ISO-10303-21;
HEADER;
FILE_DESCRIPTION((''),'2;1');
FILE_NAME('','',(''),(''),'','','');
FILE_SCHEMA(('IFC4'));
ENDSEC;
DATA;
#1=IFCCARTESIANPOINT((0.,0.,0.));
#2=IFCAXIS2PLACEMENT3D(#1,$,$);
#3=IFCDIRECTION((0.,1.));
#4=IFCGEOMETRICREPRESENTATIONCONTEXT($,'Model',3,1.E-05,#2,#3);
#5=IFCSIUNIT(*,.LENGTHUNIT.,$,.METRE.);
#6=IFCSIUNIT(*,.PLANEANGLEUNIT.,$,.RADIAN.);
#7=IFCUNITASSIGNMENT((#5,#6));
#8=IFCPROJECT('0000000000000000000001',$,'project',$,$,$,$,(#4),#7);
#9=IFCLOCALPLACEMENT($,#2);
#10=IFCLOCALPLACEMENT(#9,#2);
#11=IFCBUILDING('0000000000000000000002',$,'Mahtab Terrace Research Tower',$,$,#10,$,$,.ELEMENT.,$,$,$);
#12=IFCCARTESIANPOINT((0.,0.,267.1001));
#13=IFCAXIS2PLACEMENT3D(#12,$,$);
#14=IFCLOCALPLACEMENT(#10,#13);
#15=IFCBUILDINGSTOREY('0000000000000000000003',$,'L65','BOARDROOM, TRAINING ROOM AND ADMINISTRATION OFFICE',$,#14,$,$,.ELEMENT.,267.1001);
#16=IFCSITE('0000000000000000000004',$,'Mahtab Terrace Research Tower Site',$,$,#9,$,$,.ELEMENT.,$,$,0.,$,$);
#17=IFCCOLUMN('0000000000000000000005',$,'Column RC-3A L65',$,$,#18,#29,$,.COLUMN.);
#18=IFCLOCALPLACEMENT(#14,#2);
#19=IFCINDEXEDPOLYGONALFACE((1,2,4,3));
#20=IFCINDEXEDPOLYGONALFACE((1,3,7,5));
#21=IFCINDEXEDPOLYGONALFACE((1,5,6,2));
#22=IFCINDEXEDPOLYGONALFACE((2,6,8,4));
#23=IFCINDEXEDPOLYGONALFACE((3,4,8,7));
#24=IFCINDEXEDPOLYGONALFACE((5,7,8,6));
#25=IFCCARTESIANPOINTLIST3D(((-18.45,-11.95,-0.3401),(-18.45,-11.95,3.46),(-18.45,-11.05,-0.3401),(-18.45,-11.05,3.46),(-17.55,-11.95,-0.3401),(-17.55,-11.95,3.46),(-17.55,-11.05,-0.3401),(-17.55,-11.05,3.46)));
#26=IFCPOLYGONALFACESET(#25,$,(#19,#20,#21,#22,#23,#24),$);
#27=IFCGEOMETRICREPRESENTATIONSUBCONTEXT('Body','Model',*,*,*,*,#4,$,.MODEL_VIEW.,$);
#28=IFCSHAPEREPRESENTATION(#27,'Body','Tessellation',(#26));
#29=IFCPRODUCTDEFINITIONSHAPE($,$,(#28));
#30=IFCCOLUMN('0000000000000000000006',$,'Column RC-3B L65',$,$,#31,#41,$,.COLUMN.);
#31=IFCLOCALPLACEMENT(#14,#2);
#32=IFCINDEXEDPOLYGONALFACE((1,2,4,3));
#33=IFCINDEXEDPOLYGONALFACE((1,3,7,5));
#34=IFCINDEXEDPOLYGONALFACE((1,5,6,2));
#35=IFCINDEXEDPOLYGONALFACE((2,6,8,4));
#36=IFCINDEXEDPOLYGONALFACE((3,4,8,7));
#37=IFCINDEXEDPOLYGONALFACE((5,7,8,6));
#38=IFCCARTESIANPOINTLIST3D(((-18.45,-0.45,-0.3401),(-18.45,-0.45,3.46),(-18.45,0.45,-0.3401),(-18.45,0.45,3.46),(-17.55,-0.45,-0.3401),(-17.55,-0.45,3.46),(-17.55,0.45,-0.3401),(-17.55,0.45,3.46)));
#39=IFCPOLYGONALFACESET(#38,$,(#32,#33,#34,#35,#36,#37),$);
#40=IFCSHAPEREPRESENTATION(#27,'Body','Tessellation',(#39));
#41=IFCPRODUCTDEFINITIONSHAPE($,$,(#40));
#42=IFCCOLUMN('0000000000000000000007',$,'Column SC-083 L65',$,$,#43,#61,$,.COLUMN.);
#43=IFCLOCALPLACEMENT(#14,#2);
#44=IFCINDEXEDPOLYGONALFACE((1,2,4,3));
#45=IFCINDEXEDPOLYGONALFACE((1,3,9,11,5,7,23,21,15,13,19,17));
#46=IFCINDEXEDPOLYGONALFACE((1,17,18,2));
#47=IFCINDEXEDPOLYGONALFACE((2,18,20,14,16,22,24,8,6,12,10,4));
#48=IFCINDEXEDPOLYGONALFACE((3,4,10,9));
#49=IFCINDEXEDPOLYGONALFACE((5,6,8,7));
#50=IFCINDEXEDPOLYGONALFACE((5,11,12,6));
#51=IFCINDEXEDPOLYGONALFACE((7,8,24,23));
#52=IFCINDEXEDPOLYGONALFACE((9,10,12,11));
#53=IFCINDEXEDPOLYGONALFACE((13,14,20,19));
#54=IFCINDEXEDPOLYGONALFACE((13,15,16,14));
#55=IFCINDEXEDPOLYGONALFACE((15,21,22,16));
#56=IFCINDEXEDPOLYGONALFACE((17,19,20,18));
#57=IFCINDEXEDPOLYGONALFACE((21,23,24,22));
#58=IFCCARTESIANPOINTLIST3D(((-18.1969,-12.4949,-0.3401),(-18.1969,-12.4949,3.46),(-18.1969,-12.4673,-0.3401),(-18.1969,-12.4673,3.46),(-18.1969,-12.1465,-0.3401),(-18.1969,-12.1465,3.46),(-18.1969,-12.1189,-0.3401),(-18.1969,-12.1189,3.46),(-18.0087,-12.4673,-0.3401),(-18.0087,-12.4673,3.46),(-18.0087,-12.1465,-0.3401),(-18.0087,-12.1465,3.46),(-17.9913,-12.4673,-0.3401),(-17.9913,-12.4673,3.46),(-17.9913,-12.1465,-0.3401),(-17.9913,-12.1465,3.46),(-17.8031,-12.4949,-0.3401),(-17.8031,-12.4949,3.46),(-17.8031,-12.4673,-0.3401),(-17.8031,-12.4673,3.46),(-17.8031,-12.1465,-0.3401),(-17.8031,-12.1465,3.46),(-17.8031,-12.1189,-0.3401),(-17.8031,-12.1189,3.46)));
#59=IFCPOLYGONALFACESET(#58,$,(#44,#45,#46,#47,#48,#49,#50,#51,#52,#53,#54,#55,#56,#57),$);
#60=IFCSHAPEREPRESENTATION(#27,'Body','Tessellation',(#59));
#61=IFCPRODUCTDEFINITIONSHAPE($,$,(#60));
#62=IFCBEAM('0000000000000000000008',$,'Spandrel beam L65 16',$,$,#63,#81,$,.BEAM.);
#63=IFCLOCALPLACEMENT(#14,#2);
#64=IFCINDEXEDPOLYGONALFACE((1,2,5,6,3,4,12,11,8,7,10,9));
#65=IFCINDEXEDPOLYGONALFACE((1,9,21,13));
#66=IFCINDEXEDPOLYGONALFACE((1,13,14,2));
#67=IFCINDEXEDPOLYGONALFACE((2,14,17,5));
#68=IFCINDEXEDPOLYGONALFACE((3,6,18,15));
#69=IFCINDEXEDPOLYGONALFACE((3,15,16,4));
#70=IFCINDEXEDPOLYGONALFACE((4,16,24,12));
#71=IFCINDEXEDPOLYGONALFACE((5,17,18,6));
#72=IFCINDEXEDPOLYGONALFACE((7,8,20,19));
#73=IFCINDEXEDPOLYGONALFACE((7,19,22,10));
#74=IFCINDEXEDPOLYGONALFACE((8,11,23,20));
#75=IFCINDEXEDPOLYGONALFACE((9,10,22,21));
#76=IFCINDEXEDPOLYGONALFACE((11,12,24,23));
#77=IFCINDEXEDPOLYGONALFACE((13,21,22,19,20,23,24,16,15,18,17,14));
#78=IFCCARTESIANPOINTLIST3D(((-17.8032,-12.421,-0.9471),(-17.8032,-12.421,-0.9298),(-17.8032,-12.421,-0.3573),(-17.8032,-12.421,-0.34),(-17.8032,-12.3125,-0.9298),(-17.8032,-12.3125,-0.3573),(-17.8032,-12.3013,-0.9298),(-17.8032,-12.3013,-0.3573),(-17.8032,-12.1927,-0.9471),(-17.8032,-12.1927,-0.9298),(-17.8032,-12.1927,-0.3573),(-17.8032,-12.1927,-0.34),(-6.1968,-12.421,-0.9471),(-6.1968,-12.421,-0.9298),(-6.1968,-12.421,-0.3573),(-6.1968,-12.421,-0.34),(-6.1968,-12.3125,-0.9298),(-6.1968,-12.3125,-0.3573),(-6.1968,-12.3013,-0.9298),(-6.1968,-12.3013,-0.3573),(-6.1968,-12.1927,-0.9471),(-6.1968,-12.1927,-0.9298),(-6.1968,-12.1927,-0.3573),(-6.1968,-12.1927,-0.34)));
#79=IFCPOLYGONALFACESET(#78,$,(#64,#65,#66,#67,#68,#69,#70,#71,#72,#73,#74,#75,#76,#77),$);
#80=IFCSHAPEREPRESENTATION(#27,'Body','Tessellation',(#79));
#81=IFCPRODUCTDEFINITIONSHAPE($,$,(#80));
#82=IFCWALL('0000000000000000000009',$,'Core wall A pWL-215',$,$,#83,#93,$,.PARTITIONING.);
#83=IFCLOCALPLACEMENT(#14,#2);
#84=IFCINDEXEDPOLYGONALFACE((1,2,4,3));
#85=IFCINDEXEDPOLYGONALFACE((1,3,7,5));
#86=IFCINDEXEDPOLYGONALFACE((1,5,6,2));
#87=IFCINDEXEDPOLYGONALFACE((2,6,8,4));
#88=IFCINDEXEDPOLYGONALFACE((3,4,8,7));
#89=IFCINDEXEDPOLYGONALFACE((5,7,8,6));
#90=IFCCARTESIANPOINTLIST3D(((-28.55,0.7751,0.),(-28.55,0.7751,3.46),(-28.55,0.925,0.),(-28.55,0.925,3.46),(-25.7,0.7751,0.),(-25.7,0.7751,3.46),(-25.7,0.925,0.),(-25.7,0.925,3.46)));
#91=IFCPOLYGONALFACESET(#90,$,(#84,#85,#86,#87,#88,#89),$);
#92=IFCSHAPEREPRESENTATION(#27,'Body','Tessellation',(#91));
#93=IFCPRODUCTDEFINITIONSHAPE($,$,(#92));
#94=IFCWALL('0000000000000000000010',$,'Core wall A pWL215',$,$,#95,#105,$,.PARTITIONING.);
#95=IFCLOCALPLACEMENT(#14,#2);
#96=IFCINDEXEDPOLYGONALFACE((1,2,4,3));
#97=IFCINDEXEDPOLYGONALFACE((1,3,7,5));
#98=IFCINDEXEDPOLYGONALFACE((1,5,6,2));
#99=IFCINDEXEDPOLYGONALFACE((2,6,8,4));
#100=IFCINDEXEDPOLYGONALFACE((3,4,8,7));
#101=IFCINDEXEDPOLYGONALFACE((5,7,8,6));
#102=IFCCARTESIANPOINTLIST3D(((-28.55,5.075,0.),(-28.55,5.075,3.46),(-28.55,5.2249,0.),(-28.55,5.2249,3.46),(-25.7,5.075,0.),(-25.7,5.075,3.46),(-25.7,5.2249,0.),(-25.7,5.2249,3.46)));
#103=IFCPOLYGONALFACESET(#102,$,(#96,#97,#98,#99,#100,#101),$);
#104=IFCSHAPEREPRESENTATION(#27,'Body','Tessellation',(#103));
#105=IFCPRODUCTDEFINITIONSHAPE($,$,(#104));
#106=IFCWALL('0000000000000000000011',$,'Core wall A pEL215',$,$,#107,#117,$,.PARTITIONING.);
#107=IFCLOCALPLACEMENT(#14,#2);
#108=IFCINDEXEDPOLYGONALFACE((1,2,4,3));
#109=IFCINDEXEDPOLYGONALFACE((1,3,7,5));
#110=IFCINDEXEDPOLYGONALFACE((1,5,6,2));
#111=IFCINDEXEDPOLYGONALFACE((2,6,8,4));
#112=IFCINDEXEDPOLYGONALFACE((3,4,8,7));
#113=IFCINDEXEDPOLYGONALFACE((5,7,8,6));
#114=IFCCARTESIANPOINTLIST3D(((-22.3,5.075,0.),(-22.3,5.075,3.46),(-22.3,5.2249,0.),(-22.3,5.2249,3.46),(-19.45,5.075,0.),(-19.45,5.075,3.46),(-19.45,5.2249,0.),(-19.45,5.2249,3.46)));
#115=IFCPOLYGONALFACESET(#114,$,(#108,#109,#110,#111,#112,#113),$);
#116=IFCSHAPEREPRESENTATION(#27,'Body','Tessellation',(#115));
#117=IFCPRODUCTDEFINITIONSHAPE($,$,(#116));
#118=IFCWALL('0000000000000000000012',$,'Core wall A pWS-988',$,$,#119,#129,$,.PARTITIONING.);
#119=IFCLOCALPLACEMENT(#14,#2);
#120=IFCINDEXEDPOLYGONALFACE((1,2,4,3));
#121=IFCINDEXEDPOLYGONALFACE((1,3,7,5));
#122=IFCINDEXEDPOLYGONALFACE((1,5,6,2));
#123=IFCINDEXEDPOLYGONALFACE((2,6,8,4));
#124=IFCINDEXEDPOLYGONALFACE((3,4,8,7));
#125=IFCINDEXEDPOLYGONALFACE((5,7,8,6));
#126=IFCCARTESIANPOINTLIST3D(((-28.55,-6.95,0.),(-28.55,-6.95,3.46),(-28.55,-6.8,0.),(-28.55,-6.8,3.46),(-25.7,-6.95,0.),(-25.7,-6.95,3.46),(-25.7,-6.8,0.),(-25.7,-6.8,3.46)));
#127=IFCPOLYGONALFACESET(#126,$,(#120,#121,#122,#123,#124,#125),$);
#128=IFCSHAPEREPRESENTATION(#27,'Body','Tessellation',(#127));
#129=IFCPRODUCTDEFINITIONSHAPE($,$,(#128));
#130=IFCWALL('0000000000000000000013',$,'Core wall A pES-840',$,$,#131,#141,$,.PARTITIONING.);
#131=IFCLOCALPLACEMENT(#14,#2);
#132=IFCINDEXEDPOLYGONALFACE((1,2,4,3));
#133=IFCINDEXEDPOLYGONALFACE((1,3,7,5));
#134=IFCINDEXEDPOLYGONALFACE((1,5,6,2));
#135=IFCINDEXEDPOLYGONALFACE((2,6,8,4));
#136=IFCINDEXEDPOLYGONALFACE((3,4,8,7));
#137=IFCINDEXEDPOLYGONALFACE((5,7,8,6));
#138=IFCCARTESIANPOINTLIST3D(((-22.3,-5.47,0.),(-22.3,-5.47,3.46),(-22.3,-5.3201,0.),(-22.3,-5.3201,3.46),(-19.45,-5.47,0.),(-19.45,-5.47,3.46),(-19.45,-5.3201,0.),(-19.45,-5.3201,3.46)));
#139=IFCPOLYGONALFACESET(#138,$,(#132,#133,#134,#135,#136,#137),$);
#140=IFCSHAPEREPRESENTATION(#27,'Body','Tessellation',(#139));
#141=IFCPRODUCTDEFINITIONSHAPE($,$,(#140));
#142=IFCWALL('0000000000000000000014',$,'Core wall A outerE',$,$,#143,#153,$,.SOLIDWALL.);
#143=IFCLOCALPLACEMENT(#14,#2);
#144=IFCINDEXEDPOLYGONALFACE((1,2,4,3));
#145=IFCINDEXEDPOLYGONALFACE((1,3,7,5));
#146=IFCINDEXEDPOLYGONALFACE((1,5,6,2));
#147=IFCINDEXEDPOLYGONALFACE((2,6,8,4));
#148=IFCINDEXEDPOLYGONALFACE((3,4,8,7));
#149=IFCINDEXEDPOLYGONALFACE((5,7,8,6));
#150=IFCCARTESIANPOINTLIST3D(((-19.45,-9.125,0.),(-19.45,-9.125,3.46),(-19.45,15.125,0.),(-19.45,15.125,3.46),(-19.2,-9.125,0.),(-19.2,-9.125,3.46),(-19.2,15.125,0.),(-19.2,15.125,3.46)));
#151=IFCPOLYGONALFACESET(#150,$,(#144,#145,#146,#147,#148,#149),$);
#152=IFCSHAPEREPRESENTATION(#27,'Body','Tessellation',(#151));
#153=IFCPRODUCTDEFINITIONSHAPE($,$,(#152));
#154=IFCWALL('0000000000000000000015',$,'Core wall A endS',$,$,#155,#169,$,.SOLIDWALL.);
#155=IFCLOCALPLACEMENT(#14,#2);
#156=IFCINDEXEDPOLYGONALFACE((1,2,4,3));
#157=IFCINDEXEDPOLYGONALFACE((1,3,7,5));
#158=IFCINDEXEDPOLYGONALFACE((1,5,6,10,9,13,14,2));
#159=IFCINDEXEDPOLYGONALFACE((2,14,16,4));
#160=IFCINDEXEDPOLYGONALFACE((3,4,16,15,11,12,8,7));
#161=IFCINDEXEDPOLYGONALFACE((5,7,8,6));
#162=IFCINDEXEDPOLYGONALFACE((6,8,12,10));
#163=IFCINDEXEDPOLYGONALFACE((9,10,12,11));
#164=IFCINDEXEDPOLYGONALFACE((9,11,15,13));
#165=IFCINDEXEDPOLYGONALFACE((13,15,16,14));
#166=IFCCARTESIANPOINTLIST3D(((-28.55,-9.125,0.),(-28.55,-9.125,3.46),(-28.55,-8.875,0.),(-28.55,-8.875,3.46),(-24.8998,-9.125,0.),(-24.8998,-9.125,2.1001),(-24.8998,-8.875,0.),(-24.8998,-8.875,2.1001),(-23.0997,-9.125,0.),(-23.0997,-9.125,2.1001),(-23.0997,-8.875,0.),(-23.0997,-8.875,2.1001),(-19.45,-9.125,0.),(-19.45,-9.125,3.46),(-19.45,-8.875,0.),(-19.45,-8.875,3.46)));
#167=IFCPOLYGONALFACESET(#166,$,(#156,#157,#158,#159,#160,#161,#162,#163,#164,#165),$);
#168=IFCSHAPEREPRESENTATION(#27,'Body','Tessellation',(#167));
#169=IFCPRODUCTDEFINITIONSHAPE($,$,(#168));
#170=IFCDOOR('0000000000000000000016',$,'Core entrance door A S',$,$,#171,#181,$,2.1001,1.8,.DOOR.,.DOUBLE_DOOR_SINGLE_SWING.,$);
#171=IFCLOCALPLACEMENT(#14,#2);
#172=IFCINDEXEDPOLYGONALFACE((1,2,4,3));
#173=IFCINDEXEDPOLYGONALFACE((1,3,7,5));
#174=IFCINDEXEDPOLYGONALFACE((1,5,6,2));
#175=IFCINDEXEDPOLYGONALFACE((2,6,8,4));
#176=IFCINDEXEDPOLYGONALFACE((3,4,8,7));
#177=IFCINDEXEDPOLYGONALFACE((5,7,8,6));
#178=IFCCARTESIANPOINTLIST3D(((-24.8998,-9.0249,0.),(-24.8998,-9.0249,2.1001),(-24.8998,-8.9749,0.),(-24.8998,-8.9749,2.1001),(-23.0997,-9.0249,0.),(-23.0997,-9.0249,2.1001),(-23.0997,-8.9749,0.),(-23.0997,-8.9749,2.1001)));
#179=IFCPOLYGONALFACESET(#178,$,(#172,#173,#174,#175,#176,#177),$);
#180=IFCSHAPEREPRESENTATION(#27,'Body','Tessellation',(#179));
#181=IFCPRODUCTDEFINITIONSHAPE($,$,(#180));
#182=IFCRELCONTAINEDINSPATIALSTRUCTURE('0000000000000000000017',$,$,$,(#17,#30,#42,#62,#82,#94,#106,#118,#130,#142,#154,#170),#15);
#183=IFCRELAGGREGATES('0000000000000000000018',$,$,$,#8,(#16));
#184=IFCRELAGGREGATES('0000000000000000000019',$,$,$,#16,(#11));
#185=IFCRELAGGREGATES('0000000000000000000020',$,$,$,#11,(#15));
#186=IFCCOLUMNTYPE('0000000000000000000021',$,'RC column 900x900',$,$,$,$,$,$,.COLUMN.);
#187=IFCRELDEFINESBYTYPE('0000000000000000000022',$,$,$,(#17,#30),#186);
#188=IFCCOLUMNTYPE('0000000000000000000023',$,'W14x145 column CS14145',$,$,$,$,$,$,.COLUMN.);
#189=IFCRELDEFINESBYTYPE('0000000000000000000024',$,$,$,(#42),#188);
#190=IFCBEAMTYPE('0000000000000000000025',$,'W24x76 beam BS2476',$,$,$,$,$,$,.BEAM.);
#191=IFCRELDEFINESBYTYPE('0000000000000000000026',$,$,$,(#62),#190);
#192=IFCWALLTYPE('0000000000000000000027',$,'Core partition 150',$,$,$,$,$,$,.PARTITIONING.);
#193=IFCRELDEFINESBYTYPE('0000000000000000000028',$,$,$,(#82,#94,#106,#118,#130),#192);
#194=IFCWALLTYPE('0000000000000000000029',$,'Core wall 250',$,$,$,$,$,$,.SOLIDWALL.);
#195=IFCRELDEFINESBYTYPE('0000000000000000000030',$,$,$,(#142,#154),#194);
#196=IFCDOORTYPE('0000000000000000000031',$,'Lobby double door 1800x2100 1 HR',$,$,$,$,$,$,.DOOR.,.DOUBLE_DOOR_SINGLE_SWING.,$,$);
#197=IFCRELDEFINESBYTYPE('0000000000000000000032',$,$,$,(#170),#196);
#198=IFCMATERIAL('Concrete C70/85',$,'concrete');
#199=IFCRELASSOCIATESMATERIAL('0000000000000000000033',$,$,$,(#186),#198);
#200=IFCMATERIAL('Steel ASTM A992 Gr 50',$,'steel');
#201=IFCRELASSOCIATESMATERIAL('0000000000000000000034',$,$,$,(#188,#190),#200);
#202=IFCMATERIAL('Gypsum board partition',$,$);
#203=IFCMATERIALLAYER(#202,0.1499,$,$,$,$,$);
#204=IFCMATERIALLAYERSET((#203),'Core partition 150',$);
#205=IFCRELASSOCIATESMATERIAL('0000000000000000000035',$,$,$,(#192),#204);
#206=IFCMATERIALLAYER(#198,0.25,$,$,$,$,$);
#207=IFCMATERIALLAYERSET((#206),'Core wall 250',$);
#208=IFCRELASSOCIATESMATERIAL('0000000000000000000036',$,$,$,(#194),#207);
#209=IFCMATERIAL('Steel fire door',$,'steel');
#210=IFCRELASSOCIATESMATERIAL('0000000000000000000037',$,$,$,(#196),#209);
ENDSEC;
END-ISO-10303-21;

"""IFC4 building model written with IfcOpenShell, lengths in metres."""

from ifc_helpers import new_model, si_unit, direction, frame, frame_2d, origin, origin_2d, place, context, subcontext, project, spatial, rectangle, i_section, extrude, material, layer, layer_set, material_profile, profile_set, type_object, element, fill, save


model = new_model("IFC4")

# Units and contexts
model_context = context("Model", 3, precision=1e-05, world=origin(), true_north=direction((0.0, 1.0)))
body_context = subcontext(model_context, "Body", "Model", "MODEL_VIEW")
ifc_project = project(units=[si_unit("LENGTHUNIT", "METRE"), si_unit("PLANEANGLEUNIT", "RADIAN")], contexts=[model_context])

# Site, building, storey
site_placement = place(None, origin())
site = spatial("IfcSite", under=ifc_project, at=site_placement, Name="Mahtab Terrace Research Tower Site", CompositionType="ELEMENT", RefElevation=0.0)
building_placement = place(site_placement, origin())
building = spatial("IfcBuilding", under=site, at=building_placement, Name="Mahtab Terrace Research Tower", CompositionType="ELEMENT")
storey_placement = place(building_placement, frame((0.0, 0.0, 267.1001)))
storey = spatial("IfcBuildingStorey", under=building, at=storey_placement, Name="L65", Description="BOARDROOM, TRAINING ROOM AND ADMINISTRATION OFFICE", CompositionType="ELEMENT", Elevation=267.1001)

# Columns
ifc_material_1 = material(Name="Concrete C70/85", Category="concrete")
ifc_material_profile_1 = material_profile(ifc_material_1, rectangle(XDim=0.8999, YDim=0.8999, at=origin_2d()), Name="RC column 900x900")
ifc_profile_set_1 = profile_set([ifc_material_profile_1], Name="Concrete C70/85")
column_type_1 = type_object("IfcColumnType", Name="RC column 900x900", PredefinedType="COLUMN", material=ifc_profile_set_1)
for number, where, z_axis, x_axis, name in (
    (1, (-18.0, -11.5, -0.3401), (0.0, 0.0, 1.0), (1.0, 0.0, 0.0), "Column RC-3A L65"),
    (2, (-18.0, 0.0, -0.3401), (0.0, 0.0, 1.0), (1.0, 0.0, 0.0), "Column RC-3B L65"),
):
    element("IfcColumn", number, at=place(storey_placement, frame(where, z_axis=z_axis, x_axis=x_axis)), inside=storey, type_object=column_type_1, Name=name, PredefinedType="COLUMN", context=body_context, shape_type="SweptSolid", body=[
        extrude(rectangle(XDim=0.8999, YDim=0.8999, at=origin_2d()), origin(), (0.0, 0.0, 1.0), 3.8),
    ])
ifc_material_2 = material(Name="Steel ASTM A992 Gr 50", Category="steel")
ifc_material_profile_2 = material_profile(ifc_material_2, i_section(OverallWidth=0.3938, OverallDepth=0.376, WebThickness=0.0173, FlangeThickness=0.0276, at=origin_2d()), Name="W14X145")
ifc_profile_set_2 = profile_set([ifc_material_profile_2], Name="Steel ASTM A992 Gr 50")
column_type_2 = type_object("IfcColumnType", Name="W14x145 column CS14145", PredefinedType="COLUMN", material=ifc_profile_set_2)
column_placement = place(storey_placement, frame((-18.0, -12.3069, -0.3401), z_axis=(0.0, 0.0, 1.0), x_axis=(1.0, 0.0, 0.0)))
element("IfcColumn", 3, at=column_placement, inside=storey, type_object=column_type_2, Name="Column SC-083 L65", PredefinedType="COLUMN", context=body_context, shape_type="SweptSolid", body=[
    extrude(i_section(OverallWidth=0.3938, OverallDepth=0.376, WebThickness=0.0173, FlangeThickness=0.0276, at=origin_2d()), origin(), (0.0, 0.0, 1.0), 3.8),
])

# Beam
ifc_material_profile_3 = material_profile(ifc_material_2, i_section(OverallWidth=0.2283, OverallDepth=0.6072, WebThickness=0.0112, FlangeThickness=0.0173, at=origin_2d()), Name="W24X76")
ifc_profile_set_3 = profile_set([ifc_material_profile_3], Name="Steel ASTM A992 Gr 50")
beam_type = type_object("IfcBeamType", Name="W24x76 beam BS2476", PredefinedType="BEAM", material=ifc_profile_set_3)
beam_placement = place(storey_placement, frame((-17.8032, -12.3069, -0.6436), z_axis=(1.0, 0.0, 0.0), x_axis=(0.0, 1.0, 0.0)))
element("IfcBeam", 4, at=beam_placement, inside=storey, type_object=beam_type, Name="Spandrel beam L65 16", PredefinedType="BEAM", context=body_context, shape_type="SweptSolid", body=[
    extrude(i_section(OverallWidth=0.2283, OverallDepth=0.6072, WebThickness=0.0112, FlangeThickness=0.0173, at=origin_2d()), origin(), (0.0, 0.0, 1.0), 11.6064),
])

# Walls
ifc_material_3 = material(Name="Gypsum board partition")
ifc_layer_1 = layer(ifc_material_3, 0.1499)
ifc_layer_set_1 = layer_set([ifc_layer_1], Name="Core partition 150")
wall_type_1 = type_object("IfcWallType", Name="Core partition 150", PredefinedType="PARTITIONING", material=ifc_layer_set_1)
for number, where, z_axis, x_axis, name in (
    (5, (-28.55, 0.8501, 0.0), (0.0, 0.0, 1.0), (1.0, 0.0, 0.0), "Core wall A pWL-215"),
    (6, (-28.55, 5.1499, 0.0), (0.0, 0.0, 1.0), (1.0, 0.0, 0.0), "Core wall A pWL215"),
    (7, (-22.3, 5.1499, 0.0), (0.0, 0.0, 1.0), (1.0, 0.0, 0.0), "Core wall A pEL215"),
    (8, (-28.55, -6.875, 0.0), (0.0, 0.0, 1.0), (1.0, 0.0, 0.0), "Core wall A pWS-988"),
    (9, (-22.3, -5.395, 0.0), (0.0, 0.0, 1.0), (1.0, 0.0, 0.0), "Core wall A pES-840"),
):
    element("IfcWall", number, at=place(storey_placement, frame(where, z_axis=z_axis, x_axis=x_axis)), inside=storey, type_object=wall_type_1, Name=name, PredefinedType="PARTITIONING", context=body_context, shape_type="SweptSolid", body=[
        extrude(rectangle(XDim=2.8501, YDim=0.1499, at=frame_2d((1.425, 0.0))), origin(), (0.0, 0.0, 1.0), 3.46),
    ])
ifc_layer_2 = layer(ifc_material_1, 0.25)
ifc_layer_set_2 = layer_set([ifc_layer_2], Name="Core wall 250")
wall_type_2 = type_object("IfcWallType", Name="Core wall 250", PredefinedType="SOLIDWALL", material=ifc_layer_set_2)
wall_1_placement = place(storey_placement, frame((-19.325, -9.125, 0.0), z_axis=(0.0, 0.0, 1.0), x_axis=(0.0, 1.0, 0.0)))
element("IfcWall", 10, at=wall_1_placement, inside=storey, type_object=wall_type_2, Name="Core wall A outerE", PredefinedType="SOLIDWALL", context=body_context, shape_type="SweptSolid", body=[
    extrude(rectangle(XDim=24.25, YDim=0.25, at=frame_2d((12.125, 0.0))), origin(), (0.0, 0.0, 1.0), 3.46),
])

# Wall, opening, door
wall_2_placement = place(storey_placement, frame((-19.45, -9.0, 0.0), z_axis=(0.0, 0.0, 1.0), x_axis=(-1.0, 0.0, 0.0)))
wall_2 = element("IfcWall", 11, at=wall_2_placement, inside=storey, type_object=wall_type_2, Name="Core wall A endS", PredefinedType="SOLIDWALL", context=body_context, shape_type="SweptSolid", body=[
    extrude(rectangle(XDim=9.1001, YDim=0.25, at=frame_2d((4.55, 0.0))), origin(), (0.0, 0.0, 1.0), 3.46),
])
opening_1_placement = place(wall_2_placement, frame((3.6499, 0.0, 0.0)))
opening_1 = element("IfcOpeningElement", 12, at=opening_1_placement, cuts=wall_2, PredefinedType="OPENING", context=body_context, shape_type="SweptSolid", body=[
    extrude(rectangle(XDim=1.8, YDim=2.1001, at=frame_2d((0.8999, 1.05))), frame((0.0, 0.135, 0.0), z_axis=(0.0, -1.0, 0.0), x_axis=(1.0, 0.0, 0.0)), (0.0, 0.0, 1.0), 0.27),
])
ifc_material_4 = material(Name="Steel fire door", Category="steel")
door_type_1 = type_object("IfcDoorType", Name="Lobby double door 1800x2100 1 HR", OperationType="DOUBLE_DOOR_SINGLE_SWING", PredefinedType="DOOR", material=ifc_material_4)
door_1_placement = place(opening_1_placement, origin())
door_1 = element("IfcDoor", 13, at=door_1_placement, inside=storey, type_object=door_type_1, Name="Core entrance door A S", OperationType="DOUBLE_DOOR_SINGLE_SWING", OverallHeight=2.1001, OverallWidth=1.8, PredefinedType="DOOR", context=body_context, shape_type="SweptSolid", body=[
    extrude(rectangle(XDim=1.8, YDim=2.1001, at=frame_2d((0.8999, 1.05))), frame((0.0, 0.0249, 0.0), z_axis=(0.0, -1.0, 0.0), x_axis=(1.0, 0.0, 0.0)), (0.0, 0.0, 1.0), 0.05),
])
fill(opening_1, door_1)

save(model, "model.ifc")
